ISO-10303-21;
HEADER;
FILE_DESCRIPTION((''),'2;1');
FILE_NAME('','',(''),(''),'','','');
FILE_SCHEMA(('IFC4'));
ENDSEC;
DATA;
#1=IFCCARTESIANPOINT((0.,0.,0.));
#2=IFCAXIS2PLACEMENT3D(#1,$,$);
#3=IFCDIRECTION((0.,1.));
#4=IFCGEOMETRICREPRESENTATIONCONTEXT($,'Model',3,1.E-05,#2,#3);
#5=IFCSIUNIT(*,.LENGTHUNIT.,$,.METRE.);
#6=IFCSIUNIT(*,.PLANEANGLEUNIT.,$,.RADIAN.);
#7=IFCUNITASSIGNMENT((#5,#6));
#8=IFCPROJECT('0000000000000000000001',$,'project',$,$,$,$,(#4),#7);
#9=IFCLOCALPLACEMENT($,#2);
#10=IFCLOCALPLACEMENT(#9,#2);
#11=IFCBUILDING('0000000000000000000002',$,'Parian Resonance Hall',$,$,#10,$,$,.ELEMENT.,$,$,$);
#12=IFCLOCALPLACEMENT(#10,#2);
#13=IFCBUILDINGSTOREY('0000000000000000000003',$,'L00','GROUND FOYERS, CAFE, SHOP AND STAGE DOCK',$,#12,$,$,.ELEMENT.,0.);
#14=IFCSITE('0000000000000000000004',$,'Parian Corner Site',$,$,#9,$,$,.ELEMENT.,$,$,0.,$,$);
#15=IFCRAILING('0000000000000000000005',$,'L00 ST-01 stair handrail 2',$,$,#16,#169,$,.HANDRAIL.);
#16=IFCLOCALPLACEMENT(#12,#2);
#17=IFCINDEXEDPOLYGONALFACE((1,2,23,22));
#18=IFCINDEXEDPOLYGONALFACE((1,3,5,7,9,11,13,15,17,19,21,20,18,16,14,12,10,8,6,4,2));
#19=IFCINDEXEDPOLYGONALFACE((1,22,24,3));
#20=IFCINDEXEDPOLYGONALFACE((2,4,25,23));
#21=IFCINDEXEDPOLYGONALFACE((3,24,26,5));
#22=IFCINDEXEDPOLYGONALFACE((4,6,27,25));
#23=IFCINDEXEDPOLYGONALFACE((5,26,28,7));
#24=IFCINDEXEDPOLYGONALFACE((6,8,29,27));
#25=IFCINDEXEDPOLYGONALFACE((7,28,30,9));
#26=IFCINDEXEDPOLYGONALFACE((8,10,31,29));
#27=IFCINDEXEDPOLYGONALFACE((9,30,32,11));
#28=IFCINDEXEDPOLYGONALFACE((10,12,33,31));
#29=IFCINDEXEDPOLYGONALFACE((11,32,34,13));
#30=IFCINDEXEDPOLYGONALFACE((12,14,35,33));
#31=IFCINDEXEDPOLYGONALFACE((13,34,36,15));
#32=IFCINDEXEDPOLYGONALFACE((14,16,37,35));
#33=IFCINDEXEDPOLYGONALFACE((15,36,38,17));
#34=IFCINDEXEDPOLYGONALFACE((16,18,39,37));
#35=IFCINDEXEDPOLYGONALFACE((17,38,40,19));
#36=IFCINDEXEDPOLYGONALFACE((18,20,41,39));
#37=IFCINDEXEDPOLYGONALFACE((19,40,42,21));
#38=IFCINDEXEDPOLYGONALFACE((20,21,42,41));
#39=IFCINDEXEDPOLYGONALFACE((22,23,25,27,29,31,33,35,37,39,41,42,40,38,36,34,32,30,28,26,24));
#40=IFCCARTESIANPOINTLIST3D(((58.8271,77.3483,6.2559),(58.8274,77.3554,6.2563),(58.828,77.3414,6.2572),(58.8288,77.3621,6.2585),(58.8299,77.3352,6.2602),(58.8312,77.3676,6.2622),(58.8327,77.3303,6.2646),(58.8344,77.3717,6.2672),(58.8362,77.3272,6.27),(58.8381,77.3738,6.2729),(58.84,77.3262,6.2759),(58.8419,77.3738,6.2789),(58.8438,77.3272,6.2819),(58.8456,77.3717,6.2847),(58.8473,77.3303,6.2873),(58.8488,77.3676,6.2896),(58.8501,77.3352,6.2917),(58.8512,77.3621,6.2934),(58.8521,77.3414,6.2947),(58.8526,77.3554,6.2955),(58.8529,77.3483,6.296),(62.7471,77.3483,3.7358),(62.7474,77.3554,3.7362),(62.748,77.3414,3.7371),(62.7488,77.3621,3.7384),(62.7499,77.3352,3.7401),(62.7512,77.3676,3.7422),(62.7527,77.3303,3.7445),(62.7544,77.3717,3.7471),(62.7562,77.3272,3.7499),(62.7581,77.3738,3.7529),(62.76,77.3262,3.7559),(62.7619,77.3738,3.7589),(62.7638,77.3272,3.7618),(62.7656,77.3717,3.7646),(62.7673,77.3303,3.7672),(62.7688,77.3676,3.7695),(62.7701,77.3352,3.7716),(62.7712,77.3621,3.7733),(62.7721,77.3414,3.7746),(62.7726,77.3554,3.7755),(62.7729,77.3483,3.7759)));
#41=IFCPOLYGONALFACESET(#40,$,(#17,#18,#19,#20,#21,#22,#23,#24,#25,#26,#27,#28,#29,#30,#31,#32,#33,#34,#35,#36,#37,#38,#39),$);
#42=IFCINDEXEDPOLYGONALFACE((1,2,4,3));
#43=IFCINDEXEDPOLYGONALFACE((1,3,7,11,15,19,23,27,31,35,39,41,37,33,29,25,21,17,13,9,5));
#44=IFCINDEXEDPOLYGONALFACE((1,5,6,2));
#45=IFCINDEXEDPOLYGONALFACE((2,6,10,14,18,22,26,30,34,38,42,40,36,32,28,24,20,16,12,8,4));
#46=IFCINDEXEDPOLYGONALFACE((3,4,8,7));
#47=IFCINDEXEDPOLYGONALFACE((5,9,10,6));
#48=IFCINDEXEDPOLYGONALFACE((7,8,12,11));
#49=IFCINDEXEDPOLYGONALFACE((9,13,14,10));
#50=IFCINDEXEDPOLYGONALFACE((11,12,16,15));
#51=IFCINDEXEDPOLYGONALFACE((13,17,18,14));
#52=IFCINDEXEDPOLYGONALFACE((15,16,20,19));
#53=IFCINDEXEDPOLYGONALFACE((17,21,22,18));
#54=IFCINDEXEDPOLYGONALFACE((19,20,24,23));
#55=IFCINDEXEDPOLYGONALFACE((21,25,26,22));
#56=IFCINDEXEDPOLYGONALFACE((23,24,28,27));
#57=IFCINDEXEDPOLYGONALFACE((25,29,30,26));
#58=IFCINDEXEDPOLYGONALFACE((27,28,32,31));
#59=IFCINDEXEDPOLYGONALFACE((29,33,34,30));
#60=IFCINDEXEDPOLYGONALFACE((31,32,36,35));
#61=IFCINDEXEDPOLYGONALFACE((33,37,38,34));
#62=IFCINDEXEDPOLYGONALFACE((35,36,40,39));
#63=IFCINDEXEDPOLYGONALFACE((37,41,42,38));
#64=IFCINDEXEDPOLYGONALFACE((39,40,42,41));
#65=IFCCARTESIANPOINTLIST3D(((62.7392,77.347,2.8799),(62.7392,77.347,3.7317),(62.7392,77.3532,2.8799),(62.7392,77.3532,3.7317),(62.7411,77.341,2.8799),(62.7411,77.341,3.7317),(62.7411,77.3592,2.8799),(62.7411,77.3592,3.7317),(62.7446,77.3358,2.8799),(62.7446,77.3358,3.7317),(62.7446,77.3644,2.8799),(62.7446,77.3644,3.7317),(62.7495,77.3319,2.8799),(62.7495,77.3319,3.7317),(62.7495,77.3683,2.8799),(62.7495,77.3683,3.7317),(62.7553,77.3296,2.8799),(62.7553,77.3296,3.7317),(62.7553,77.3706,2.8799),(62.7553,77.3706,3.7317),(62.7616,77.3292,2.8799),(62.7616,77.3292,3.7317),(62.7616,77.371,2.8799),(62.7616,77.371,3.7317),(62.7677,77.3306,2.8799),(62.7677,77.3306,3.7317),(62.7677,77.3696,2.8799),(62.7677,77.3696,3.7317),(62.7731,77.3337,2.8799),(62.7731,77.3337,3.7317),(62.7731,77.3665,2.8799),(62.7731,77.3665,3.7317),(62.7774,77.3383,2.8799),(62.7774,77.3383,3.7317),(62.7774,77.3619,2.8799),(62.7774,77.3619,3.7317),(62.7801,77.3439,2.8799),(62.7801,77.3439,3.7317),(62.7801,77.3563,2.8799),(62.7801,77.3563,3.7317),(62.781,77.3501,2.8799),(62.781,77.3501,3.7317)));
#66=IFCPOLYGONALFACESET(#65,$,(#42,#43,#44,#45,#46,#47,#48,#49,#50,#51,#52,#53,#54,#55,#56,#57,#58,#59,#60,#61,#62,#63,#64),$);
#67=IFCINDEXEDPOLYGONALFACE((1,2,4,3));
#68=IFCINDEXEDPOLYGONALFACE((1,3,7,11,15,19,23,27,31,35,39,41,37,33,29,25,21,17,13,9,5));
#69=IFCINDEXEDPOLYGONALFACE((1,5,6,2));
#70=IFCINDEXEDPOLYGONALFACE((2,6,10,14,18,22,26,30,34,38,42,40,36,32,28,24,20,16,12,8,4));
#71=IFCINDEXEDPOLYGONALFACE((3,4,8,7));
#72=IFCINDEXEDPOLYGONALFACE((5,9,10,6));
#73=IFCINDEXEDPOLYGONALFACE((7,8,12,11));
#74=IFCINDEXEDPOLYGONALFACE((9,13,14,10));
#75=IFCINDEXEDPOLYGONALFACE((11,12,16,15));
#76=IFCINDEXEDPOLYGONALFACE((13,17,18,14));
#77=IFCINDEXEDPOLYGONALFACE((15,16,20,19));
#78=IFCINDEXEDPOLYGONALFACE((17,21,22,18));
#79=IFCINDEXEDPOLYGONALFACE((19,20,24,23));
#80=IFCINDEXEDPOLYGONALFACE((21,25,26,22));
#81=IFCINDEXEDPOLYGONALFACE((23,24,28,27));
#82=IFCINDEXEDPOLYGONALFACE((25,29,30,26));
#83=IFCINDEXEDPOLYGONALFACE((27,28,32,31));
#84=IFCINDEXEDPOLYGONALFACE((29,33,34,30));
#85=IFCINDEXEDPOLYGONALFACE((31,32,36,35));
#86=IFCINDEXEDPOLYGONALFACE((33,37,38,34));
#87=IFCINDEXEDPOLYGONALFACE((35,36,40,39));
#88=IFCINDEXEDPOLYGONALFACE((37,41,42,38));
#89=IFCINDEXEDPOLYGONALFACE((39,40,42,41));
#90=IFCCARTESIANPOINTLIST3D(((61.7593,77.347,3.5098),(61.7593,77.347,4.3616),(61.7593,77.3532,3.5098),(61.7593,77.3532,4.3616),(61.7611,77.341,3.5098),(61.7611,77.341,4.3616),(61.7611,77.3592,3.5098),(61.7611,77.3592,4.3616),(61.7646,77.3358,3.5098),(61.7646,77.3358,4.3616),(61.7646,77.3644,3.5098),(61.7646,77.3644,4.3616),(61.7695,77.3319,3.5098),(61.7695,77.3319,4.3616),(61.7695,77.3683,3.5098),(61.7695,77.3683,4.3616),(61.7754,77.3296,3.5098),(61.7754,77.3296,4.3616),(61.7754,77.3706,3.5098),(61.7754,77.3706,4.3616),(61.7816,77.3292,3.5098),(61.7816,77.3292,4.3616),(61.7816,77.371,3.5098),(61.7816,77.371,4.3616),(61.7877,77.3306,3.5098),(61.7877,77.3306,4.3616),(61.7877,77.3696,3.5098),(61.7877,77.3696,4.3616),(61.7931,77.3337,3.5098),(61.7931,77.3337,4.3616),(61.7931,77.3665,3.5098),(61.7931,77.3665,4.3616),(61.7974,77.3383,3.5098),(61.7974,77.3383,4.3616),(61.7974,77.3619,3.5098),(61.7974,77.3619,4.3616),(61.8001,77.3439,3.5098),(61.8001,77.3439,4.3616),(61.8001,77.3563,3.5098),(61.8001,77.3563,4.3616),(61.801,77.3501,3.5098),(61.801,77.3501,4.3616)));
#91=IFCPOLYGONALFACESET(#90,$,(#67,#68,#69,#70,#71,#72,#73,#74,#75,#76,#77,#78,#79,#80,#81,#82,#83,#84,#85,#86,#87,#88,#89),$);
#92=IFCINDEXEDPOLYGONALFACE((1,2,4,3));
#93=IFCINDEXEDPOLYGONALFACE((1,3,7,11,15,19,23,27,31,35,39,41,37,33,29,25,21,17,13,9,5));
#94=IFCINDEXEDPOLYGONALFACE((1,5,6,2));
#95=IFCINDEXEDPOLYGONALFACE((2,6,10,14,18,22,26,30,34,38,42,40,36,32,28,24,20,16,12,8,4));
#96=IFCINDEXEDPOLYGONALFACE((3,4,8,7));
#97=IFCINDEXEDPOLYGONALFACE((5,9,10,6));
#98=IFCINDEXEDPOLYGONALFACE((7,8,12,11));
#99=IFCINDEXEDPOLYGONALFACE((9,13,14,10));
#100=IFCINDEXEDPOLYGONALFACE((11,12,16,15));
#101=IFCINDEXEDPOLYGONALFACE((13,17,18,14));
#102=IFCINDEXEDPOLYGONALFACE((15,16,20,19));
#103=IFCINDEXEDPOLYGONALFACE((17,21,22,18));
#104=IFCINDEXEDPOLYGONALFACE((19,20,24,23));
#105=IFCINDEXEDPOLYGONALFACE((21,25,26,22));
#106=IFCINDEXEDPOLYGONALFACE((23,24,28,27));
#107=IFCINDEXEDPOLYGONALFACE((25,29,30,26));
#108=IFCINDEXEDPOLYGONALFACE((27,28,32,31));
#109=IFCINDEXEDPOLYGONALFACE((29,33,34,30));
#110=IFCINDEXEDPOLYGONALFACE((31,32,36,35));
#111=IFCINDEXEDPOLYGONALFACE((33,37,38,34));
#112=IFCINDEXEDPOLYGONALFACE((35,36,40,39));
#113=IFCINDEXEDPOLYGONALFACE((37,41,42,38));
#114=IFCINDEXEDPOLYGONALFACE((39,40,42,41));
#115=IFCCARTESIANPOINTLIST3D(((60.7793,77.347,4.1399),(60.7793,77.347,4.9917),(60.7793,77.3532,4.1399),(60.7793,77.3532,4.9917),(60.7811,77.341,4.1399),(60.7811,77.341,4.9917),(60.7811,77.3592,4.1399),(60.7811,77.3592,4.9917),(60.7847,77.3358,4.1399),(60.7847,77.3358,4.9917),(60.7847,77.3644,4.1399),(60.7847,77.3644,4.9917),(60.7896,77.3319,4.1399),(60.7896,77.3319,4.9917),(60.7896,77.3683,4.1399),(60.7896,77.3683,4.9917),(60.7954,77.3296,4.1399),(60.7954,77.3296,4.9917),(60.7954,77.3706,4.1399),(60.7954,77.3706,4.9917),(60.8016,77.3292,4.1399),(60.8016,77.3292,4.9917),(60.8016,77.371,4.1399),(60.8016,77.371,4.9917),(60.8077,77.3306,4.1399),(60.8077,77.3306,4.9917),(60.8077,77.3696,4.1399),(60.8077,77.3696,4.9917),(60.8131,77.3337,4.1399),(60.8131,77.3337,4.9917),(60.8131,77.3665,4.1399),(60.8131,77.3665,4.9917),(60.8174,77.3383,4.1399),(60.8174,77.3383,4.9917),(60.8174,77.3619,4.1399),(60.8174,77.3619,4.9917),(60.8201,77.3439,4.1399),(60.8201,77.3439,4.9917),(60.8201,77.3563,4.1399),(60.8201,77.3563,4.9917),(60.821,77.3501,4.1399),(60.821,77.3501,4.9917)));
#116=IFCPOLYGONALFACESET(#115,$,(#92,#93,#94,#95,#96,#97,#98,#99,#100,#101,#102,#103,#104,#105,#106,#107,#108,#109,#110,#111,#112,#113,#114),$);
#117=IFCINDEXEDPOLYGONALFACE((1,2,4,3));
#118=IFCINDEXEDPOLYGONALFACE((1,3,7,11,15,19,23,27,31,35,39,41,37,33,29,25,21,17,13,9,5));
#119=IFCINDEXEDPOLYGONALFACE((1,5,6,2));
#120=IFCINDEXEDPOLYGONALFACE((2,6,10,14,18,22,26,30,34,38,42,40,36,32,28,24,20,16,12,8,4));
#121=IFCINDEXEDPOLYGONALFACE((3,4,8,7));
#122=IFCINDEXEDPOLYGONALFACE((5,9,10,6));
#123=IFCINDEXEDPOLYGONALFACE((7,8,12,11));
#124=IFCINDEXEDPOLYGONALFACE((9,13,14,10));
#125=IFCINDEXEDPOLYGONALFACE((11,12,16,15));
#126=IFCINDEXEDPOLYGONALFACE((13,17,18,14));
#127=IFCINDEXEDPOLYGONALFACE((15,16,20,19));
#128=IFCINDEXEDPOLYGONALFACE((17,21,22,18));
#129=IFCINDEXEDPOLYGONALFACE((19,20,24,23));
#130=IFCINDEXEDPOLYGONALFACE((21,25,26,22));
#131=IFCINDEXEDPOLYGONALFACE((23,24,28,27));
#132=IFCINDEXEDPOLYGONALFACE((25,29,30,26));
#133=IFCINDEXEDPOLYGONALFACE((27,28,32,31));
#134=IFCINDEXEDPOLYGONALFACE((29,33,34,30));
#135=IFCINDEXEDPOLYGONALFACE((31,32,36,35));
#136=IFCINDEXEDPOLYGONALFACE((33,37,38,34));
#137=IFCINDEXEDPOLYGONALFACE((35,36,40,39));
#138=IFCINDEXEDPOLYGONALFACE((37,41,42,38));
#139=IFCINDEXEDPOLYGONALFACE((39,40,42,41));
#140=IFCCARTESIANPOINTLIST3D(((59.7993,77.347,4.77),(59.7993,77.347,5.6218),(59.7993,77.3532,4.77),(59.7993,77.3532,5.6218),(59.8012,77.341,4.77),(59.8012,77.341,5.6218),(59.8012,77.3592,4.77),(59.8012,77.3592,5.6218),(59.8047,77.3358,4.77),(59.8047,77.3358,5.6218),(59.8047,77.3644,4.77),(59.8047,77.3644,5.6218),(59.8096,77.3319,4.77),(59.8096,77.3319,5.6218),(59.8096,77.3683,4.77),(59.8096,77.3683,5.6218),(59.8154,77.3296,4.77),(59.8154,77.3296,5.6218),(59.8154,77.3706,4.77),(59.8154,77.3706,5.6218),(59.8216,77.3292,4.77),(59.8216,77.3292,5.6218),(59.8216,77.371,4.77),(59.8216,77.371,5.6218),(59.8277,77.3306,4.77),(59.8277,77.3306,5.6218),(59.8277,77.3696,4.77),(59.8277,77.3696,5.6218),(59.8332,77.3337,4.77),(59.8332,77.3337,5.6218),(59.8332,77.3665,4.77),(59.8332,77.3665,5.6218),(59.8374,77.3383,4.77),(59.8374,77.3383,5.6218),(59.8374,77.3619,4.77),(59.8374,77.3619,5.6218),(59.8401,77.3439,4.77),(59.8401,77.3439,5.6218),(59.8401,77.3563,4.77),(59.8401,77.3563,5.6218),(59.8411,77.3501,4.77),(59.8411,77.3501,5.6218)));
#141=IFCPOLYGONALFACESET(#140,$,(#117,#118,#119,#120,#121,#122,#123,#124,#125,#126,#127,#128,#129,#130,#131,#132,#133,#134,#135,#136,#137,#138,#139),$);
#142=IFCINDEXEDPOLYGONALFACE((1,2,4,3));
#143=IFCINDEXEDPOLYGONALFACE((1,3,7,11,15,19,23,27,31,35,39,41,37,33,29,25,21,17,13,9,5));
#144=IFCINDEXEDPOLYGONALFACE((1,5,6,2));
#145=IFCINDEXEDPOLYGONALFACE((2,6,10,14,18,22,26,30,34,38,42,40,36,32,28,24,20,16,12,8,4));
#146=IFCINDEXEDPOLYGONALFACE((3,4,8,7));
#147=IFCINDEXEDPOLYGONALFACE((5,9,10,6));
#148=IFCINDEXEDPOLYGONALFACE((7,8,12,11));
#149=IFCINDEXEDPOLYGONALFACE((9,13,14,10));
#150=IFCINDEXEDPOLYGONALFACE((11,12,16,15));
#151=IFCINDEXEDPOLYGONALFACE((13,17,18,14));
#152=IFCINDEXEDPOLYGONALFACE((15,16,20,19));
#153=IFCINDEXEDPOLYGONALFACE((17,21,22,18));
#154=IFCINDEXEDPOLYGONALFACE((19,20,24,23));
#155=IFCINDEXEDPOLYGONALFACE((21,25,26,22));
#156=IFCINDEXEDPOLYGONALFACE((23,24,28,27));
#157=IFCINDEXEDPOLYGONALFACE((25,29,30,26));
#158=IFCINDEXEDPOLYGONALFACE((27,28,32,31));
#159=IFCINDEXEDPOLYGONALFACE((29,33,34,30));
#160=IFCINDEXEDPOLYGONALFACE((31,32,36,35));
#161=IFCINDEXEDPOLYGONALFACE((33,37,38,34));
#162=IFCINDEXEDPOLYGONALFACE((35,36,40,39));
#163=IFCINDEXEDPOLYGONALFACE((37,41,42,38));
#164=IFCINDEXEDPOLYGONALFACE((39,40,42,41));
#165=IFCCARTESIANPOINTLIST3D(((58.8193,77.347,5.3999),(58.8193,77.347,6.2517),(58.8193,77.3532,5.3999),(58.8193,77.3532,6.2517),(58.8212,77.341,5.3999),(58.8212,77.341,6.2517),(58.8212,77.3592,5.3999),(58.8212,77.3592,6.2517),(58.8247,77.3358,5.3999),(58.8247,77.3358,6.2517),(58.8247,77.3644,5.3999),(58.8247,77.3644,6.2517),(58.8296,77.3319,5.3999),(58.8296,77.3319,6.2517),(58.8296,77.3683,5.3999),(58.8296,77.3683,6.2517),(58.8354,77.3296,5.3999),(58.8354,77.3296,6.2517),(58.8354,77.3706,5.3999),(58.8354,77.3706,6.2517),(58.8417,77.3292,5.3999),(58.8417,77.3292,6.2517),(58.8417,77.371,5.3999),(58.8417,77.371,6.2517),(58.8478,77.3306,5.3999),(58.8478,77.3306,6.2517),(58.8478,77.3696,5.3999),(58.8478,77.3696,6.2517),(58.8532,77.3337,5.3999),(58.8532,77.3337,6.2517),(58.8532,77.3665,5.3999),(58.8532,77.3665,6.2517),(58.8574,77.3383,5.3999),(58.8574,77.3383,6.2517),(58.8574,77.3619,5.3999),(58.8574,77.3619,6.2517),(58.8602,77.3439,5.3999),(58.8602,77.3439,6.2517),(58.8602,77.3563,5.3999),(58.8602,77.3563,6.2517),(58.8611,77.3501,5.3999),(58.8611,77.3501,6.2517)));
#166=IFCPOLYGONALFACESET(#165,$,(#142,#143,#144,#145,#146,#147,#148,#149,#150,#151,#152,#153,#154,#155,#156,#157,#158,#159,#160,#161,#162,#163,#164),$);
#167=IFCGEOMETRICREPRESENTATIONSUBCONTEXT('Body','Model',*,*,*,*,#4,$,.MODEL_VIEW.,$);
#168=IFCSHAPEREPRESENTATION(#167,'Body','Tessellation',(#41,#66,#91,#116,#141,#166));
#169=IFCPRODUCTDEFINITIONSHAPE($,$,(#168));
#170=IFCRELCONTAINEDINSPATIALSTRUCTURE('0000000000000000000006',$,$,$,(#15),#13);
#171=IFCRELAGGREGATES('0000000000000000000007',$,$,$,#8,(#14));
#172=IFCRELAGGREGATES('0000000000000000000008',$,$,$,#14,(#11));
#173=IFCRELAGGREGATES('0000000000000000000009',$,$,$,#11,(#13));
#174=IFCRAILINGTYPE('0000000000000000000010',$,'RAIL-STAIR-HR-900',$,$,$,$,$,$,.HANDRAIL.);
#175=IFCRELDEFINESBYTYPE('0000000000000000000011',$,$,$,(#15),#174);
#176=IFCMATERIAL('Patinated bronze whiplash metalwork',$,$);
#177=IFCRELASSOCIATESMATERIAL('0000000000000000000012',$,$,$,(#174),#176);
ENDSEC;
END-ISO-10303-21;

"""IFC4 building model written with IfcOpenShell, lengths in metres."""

from ifc_helpers import new_model, si_unit, direction, frame, origin, origin_2d, place, context, subcontext, project, spatial, circle, extrude, material, type_object, element, save


model = new_model("IFC4")

# Units and contexts
model_context = context("Model", 3, precision=1e-05, world=origin(), true_north=direction((0.0, 1.0)))
body_context = subcontext(model_context, "Body", "Model", "MODEL_VIEW")
ifc_project = project(units=[si_unit("LENGTHUNIT", "METRE"), si_unit("PLANEANGLEUNIT", "RADIAN")], contexts=[model_context])

# Site, building, storey
site_placement = place(None, origin())
site = spatial("IfcSite", under=ifc_project, at=site_placement, Name="Parian Corner Site", CompositionType="ELEMENT", RefElevation=0.0)
building_placement = place(site_placement, origin())
building = spatial("IfcBuilding", under=site, at=building_placement, Name="Parian Resonance Hall", CompositionType="ELEMENT")
storey_placement = place(building_placement, origin())
storey = spatial("IfcBuildingStorey", under=building, at=storey_placement, Name="L00", Description="GROUND FOYERS, CAFE, SHOP AND STAGE DOCK", CompositionType="ELEMENT", Elevation=0.0)

# Railing
ifc_material_1 = material(Name="Patinated bronze whiplash metalwork")
railing_type_1 = type_object("IfcRailingType", Name="RAIL-STAIR-HR-900", PredefinedType="HANDRAIL", material=ifc_material_1)
railing_1_placement = place(storey_placement, frame((62.76, 77.3501, 2.8799)))
element("IfcRailing", 1, at=railing_1_placement, inside=storey, type_object=railing_type_1, Name="L00 ST-01 stair handrail 2", PredefinedType="HANDRAIL", context=body_context, shape_type="SweptSolid", body=[
    extrude(circle(Radius=0.0239, at=origin_2d()), frame((0.0, 0.0, 0.876), z_axis=(-0.841172, 0.0, 0.540768), x_axis=(0.0, -1.0, 0.0)), (0.0, 0.0, 1.0), 4.6602),
    extrude(circle(Radius=0.021, at=origin_2d()), origin(), (0.0, 0.0, 1.0), 0.8518),
    extrude(circle(Radius=0.021, at=origin_2d()), frame((-0.98, 0.0, 0.6299)), (0.0, 0.0, 1.0), 0.8518),
    extrude(circle(Radius=0.021, at=origin_2d()), frame((-1.96, 0.0, 1.26)), (0.0, 0.0, 1.0), 0.8518),
    extrude(circle(Radius=0.021, at=origin_2d()), frame((-2.9399, 0.0, 1.8901)), (0.0, 0.0, 1.0), 0.8518),
    extrude(circle(Radius=0.021, at=origin_2d()), frame((-3.9199, 0.0, 2.52)), (0.0, 0.0, 1.0), 0.8518),
])

save(model, "model.ifc")
